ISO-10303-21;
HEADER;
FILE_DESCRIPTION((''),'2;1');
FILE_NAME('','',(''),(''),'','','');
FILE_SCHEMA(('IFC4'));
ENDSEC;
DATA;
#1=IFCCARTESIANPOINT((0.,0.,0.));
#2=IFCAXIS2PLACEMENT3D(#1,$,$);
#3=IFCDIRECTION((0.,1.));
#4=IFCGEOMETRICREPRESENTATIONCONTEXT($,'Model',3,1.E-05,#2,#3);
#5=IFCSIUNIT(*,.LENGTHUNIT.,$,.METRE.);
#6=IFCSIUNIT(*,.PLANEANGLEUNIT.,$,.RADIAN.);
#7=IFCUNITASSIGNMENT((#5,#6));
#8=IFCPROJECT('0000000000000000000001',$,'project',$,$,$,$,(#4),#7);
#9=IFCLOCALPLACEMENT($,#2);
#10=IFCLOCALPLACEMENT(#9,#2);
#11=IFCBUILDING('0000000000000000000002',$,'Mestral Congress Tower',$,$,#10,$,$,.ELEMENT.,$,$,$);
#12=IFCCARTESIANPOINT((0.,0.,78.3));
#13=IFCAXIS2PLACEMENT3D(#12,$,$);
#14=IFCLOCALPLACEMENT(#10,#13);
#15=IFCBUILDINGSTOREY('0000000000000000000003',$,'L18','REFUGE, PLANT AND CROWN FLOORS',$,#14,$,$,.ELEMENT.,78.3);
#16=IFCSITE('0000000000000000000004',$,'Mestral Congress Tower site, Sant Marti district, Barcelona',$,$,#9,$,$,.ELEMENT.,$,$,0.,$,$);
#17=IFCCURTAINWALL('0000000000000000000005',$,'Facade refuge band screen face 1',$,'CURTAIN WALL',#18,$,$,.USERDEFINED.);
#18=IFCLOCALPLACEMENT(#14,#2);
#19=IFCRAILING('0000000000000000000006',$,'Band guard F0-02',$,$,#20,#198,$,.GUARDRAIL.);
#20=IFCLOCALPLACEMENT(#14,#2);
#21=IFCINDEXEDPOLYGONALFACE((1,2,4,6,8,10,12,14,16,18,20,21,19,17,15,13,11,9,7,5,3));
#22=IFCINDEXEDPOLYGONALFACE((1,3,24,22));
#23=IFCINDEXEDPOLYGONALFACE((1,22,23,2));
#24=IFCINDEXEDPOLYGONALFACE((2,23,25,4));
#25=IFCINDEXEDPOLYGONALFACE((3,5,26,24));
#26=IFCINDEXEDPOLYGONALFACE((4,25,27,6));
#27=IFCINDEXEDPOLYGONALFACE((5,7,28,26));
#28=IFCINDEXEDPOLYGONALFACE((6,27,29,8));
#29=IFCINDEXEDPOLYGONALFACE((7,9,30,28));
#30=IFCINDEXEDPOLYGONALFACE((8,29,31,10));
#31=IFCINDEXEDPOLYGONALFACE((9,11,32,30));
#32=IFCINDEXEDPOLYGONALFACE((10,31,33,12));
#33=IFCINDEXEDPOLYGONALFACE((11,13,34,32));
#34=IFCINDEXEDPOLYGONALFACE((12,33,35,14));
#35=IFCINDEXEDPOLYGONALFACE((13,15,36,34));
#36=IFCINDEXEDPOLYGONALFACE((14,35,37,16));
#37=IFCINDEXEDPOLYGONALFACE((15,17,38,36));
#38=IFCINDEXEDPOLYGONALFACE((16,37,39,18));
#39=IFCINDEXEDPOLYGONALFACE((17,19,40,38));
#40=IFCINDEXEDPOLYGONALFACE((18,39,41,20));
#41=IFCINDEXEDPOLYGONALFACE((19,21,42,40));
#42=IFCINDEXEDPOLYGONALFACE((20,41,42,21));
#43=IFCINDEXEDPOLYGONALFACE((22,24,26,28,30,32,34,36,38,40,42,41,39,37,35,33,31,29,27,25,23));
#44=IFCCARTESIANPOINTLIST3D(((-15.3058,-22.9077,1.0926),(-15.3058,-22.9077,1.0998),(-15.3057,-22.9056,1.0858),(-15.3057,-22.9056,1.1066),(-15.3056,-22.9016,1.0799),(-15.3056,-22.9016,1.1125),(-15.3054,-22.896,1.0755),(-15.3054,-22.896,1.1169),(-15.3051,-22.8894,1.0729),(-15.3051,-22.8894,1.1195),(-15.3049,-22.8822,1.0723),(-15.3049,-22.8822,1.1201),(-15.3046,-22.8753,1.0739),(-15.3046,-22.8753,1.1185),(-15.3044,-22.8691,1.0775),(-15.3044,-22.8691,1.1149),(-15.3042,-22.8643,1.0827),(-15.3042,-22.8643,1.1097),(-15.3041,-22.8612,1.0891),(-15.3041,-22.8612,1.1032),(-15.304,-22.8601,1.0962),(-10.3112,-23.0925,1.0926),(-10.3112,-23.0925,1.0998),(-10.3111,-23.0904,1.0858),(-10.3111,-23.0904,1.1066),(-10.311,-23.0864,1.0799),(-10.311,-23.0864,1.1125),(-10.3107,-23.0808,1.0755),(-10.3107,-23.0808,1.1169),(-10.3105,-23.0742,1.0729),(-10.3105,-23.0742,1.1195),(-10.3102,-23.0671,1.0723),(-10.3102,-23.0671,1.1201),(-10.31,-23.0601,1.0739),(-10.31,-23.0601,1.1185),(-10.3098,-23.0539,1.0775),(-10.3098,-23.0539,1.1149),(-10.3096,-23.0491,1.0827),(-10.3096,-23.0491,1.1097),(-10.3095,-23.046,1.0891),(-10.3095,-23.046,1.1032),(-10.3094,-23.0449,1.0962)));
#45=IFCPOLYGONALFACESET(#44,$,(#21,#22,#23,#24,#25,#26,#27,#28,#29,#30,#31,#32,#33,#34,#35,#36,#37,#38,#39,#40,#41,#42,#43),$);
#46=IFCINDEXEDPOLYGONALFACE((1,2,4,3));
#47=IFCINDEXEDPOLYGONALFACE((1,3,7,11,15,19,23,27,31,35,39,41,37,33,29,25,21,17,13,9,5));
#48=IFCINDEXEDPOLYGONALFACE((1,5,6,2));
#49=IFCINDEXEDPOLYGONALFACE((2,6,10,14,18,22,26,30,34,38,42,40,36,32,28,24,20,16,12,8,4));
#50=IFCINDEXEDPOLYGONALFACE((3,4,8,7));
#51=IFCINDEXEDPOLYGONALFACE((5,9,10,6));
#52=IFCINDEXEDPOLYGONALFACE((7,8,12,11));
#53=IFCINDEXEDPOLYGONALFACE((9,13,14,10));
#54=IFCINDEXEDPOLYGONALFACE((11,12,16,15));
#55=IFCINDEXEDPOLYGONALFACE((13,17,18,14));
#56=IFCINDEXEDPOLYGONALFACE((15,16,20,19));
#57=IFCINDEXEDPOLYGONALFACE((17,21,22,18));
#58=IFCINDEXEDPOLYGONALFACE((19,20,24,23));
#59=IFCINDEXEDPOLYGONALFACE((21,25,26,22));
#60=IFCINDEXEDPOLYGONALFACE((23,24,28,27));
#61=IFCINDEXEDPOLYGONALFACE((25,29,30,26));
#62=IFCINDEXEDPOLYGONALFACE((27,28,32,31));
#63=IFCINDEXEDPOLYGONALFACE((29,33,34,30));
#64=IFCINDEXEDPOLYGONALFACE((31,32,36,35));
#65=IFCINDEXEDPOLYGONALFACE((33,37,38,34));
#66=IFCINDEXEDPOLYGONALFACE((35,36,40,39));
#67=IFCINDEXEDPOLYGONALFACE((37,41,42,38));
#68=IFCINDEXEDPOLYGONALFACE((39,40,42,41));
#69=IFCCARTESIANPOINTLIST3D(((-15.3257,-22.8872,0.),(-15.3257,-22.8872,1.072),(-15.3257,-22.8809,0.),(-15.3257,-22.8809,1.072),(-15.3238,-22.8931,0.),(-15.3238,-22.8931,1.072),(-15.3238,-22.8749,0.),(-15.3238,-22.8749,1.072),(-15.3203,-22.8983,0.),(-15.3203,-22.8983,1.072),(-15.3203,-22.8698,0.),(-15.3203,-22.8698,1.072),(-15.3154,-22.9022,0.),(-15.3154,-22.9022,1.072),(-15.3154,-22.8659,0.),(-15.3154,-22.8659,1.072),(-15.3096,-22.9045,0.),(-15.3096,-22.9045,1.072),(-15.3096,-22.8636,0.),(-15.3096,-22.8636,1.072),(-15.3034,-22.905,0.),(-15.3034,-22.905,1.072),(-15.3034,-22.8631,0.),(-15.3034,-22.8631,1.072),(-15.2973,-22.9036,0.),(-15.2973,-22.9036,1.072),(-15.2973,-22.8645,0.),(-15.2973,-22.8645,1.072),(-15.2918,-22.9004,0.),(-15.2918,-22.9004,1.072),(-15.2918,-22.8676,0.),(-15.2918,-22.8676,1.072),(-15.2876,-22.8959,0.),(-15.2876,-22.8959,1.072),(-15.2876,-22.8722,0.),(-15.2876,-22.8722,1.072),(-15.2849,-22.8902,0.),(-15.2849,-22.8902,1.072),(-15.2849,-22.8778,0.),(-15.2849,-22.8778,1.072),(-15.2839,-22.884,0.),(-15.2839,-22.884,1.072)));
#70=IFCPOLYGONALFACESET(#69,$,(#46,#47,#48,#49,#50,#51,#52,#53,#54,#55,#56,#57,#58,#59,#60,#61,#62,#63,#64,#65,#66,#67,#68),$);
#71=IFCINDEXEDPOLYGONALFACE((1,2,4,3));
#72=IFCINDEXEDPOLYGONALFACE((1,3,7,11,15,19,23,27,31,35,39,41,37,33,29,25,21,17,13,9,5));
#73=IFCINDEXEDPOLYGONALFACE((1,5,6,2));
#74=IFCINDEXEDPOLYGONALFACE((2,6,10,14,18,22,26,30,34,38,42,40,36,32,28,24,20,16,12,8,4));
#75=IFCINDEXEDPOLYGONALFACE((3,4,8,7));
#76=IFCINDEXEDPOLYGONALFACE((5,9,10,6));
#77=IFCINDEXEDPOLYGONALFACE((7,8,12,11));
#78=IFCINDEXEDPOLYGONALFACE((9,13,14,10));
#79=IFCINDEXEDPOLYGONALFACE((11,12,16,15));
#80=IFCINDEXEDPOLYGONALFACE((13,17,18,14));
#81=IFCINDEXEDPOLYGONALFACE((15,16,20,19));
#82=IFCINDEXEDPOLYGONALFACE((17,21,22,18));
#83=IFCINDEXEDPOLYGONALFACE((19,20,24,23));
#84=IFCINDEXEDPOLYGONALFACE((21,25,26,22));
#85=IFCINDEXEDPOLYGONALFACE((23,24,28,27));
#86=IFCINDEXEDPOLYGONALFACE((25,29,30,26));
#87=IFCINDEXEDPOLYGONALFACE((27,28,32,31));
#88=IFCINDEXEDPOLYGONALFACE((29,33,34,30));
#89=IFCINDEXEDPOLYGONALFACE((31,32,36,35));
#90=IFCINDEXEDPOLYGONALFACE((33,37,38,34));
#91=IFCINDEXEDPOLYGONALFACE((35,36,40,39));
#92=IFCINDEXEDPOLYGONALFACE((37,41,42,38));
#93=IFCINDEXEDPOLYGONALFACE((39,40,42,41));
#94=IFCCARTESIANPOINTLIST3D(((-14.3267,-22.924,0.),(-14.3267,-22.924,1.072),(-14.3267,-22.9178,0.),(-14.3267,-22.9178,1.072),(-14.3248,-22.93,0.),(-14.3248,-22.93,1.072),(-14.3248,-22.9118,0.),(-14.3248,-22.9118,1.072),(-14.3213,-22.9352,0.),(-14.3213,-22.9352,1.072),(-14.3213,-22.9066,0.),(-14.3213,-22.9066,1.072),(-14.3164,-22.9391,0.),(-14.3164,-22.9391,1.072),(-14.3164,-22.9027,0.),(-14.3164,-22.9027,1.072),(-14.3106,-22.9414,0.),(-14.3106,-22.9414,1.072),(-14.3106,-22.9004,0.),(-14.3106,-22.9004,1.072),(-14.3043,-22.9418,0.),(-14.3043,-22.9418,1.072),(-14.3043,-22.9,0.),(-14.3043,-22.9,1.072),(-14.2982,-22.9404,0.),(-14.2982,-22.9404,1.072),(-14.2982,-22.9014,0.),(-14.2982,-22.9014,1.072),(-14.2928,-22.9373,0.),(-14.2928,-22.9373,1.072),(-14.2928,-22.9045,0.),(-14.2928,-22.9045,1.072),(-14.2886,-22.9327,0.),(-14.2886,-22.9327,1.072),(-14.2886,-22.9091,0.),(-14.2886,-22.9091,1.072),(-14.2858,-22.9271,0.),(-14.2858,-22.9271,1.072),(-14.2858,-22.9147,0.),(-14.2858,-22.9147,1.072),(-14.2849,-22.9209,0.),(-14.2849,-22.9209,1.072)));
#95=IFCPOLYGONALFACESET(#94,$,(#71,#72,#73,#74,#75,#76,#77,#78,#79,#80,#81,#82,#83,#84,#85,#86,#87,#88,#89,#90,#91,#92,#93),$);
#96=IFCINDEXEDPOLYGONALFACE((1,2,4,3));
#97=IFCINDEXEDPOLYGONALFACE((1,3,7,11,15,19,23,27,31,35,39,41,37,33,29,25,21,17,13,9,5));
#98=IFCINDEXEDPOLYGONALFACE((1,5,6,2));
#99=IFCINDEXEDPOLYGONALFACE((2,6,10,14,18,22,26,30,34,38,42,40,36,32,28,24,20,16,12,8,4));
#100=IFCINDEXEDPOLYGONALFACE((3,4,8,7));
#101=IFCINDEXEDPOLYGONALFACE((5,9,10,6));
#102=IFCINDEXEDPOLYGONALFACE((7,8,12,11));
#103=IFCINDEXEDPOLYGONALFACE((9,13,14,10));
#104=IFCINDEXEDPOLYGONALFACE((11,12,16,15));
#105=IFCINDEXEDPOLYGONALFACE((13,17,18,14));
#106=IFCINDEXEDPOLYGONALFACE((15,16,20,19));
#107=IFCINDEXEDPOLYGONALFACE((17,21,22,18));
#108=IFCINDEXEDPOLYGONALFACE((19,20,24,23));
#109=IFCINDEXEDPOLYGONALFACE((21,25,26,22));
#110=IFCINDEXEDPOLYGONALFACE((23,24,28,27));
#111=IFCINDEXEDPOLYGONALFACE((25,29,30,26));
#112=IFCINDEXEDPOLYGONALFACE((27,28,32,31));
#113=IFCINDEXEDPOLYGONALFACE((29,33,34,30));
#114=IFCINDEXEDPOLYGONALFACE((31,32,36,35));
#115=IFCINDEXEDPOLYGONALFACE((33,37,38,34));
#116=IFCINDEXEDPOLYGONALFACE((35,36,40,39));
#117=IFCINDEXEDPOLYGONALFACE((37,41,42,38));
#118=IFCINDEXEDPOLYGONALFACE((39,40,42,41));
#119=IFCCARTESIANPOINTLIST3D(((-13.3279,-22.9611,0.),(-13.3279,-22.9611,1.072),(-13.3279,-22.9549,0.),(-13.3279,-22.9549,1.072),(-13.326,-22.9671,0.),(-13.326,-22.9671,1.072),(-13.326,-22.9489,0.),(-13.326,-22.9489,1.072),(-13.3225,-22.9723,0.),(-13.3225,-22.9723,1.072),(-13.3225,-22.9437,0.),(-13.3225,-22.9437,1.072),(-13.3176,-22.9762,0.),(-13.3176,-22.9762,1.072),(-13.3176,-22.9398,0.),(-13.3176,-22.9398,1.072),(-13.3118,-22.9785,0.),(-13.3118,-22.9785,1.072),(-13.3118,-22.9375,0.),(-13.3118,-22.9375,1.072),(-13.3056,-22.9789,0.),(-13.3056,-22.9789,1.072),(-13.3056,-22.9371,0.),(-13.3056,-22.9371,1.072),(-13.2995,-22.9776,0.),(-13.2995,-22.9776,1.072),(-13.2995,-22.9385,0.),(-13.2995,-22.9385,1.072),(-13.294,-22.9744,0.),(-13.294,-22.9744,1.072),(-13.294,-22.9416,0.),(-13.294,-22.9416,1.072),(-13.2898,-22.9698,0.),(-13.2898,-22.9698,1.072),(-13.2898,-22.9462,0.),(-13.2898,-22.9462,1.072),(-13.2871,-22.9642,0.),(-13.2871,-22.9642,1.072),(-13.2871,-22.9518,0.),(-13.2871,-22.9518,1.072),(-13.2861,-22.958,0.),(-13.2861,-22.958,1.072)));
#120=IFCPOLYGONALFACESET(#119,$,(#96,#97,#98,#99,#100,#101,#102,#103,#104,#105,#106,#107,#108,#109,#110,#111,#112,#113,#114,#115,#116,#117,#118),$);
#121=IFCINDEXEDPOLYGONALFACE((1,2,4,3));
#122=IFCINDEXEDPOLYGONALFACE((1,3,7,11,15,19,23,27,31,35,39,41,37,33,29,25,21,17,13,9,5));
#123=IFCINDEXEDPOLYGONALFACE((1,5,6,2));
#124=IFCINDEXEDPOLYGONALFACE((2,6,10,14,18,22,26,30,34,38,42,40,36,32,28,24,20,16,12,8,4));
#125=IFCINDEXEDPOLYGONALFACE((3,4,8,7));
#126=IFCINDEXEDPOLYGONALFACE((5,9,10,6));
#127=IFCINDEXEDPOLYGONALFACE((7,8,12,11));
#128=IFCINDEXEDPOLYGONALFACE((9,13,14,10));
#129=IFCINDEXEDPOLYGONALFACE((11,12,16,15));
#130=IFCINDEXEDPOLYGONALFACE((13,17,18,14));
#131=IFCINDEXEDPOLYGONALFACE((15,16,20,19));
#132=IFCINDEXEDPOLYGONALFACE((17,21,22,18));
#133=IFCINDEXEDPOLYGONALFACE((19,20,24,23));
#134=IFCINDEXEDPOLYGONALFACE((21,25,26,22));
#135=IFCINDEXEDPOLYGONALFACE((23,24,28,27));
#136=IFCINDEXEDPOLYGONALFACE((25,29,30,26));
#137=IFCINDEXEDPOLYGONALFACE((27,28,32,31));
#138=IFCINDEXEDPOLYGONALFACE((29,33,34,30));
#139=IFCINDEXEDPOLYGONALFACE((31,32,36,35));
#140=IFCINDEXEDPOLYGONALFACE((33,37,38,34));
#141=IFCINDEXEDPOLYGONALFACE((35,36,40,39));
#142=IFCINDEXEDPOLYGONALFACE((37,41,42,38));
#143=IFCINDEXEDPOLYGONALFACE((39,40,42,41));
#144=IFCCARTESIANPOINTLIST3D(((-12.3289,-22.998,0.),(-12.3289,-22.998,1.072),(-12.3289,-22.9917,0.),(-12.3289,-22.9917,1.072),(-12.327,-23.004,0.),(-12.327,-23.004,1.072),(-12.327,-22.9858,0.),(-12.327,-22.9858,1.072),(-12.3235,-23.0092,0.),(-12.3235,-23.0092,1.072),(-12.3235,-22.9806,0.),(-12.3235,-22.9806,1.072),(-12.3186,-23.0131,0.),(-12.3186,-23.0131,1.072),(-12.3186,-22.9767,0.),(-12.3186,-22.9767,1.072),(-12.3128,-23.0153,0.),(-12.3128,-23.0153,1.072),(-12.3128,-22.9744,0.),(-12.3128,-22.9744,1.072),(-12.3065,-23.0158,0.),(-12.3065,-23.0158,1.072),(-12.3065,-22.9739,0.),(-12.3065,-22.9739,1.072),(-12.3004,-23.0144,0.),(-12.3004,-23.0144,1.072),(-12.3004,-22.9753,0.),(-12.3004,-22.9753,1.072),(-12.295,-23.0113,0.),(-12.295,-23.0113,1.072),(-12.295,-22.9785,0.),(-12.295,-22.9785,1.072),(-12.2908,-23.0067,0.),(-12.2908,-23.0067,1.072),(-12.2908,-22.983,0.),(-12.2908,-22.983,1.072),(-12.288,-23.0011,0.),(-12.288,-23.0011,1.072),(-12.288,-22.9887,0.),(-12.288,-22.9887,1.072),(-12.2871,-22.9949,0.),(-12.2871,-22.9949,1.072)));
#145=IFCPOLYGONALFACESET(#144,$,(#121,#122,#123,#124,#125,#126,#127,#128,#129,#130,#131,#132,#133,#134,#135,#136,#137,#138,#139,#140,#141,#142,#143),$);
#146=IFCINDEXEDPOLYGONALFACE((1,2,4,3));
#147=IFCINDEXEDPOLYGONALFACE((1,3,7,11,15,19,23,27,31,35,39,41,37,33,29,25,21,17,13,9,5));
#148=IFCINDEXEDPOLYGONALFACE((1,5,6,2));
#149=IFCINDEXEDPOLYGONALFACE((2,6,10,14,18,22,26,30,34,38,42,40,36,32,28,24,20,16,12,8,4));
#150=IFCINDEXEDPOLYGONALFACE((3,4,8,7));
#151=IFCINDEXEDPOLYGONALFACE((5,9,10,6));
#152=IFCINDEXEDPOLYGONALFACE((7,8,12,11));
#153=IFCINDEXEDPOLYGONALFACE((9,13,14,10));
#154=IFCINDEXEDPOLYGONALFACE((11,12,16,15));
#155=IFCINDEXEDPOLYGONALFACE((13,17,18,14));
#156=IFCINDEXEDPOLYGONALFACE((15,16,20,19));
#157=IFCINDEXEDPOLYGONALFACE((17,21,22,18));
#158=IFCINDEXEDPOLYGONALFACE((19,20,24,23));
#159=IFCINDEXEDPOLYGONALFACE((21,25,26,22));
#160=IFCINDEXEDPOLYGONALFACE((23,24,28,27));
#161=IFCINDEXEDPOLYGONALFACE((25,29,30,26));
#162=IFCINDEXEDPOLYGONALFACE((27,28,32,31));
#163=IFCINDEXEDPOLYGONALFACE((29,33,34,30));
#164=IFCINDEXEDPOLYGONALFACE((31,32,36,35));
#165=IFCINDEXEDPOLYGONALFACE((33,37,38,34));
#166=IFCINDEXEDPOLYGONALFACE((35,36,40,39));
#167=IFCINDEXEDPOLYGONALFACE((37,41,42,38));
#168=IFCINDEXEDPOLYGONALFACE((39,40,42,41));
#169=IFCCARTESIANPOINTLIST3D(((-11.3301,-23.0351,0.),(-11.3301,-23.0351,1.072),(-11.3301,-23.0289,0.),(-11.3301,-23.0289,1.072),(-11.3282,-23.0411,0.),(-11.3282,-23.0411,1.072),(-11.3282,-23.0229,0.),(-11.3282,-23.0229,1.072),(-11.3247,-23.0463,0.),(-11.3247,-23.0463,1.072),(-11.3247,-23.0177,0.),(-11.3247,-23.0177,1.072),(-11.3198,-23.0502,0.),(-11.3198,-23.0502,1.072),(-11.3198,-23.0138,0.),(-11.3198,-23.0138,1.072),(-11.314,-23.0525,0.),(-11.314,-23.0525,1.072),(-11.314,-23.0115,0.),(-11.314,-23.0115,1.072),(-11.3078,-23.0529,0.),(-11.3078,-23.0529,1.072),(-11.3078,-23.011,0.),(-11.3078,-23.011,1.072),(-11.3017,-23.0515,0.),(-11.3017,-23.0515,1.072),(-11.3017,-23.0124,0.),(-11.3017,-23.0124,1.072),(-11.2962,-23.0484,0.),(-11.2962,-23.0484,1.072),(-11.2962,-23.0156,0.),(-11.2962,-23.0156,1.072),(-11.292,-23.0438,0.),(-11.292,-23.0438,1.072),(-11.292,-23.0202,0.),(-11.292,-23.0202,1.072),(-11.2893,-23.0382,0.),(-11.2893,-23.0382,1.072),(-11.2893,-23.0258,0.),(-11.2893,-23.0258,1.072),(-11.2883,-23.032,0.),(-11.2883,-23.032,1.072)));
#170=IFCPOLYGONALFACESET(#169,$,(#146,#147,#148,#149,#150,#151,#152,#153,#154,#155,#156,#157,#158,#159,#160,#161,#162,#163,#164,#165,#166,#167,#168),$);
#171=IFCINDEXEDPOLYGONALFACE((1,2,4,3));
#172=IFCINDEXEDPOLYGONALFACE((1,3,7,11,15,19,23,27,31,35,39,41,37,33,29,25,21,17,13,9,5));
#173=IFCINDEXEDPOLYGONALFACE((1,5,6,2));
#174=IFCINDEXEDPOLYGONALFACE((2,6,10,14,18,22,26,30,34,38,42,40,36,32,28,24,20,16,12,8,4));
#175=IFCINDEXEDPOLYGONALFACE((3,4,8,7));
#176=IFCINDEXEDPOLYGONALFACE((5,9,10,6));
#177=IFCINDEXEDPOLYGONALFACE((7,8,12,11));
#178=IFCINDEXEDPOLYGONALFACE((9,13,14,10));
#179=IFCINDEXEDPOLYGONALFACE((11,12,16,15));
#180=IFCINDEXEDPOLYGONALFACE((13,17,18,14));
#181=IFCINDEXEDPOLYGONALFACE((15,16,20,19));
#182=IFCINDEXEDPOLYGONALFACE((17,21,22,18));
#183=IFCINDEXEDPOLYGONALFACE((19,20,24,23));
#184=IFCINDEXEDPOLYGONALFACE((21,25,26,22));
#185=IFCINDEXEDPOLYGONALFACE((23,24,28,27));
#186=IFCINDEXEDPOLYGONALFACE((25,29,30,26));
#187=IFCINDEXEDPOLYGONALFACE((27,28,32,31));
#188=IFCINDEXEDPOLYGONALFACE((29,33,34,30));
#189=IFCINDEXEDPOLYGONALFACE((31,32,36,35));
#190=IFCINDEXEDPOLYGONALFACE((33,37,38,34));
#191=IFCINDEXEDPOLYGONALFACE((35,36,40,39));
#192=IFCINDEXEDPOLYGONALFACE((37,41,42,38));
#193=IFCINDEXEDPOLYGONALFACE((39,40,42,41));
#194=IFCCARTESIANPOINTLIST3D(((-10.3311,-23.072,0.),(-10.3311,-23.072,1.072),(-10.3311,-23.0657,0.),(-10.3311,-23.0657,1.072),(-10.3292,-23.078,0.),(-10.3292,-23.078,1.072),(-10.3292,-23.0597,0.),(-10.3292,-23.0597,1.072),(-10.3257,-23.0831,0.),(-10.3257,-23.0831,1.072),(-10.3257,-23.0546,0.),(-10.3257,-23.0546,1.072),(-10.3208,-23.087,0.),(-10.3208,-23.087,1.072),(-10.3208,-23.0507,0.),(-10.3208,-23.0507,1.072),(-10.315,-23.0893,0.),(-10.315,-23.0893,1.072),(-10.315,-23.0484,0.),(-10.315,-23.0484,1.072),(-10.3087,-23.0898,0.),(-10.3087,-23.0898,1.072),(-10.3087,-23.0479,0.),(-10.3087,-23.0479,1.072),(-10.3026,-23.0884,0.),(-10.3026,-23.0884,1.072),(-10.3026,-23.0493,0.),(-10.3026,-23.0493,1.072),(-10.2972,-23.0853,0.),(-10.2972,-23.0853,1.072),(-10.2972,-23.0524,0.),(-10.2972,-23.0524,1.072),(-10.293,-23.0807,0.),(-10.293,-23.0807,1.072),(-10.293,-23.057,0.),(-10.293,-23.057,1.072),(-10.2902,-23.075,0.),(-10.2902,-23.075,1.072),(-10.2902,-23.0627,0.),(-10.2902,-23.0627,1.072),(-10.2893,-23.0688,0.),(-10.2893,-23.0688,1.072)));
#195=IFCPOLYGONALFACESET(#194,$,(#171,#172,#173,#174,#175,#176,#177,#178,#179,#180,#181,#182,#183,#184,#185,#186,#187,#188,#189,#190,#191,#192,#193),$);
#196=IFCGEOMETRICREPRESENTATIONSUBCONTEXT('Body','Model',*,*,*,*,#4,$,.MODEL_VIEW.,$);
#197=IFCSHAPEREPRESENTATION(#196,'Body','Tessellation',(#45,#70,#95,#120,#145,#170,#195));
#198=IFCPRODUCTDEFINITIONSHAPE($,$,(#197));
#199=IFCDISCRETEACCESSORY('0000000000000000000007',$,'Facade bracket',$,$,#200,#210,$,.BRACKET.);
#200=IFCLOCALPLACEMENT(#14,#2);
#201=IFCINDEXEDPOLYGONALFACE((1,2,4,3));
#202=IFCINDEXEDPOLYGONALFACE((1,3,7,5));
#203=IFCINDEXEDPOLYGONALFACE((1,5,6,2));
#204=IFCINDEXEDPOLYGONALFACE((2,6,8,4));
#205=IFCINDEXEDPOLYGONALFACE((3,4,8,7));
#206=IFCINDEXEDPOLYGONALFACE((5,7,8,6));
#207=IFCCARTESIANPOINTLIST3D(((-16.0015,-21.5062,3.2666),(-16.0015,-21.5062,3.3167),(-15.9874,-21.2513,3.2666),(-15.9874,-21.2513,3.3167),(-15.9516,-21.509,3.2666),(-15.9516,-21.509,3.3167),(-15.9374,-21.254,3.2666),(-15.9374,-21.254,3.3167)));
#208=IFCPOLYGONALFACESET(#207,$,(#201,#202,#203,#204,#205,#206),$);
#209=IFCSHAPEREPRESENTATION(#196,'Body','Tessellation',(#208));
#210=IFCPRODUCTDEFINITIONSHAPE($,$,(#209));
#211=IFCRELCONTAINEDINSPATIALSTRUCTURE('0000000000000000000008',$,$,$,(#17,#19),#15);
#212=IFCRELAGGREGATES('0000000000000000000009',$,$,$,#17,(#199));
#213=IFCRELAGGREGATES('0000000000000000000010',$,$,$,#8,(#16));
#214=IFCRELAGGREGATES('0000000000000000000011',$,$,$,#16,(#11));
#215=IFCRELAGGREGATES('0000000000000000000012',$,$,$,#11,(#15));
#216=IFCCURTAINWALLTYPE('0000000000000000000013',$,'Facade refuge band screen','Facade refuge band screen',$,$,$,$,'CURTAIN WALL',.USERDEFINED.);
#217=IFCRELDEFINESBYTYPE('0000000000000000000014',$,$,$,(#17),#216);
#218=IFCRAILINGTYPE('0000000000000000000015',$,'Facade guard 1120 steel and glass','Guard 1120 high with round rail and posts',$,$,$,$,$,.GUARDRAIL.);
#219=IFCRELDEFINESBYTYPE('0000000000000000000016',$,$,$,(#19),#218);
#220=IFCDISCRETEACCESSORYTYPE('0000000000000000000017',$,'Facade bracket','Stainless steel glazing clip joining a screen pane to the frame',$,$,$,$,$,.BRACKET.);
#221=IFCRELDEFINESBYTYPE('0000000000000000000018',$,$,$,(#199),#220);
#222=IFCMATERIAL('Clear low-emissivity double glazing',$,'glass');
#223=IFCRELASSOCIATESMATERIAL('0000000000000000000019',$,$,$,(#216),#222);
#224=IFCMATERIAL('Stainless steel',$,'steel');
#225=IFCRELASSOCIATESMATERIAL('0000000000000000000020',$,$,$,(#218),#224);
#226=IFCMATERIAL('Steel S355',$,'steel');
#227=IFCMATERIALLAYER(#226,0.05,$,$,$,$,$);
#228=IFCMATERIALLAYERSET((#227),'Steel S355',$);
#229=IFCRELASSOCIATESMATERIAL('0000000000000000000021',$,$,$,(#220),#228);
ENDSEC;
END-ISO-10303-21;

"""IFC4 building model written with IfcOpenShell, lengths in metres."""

from ifc_helpers import new_model, si_unit, direction, frame, origin, origin_2d, place, context, subcontext, project, spatial, rectangle, circle, extrude, material, layer, layer_set, type_object, element, aggregate, save


model = new_model("IFC4")

# Units and contexts
model_context = context("Model", 3, precision=1e-05, world=origin(), true_north=direction((0.0, 1.0)))
body_context = subcontext(model_context, "Body", "Model", "MODEL_VIEW")
ifc_project = project(units=[si_unit("LENGTHUNIT", "METRE"), si_unit("PLANEANGLEUNIT", "RADIAN")], contexts=[model_context])

# Site, building, storey
site_placement = place(None, origin())
site = spatial("IfcSite", under=ifc_project, at=site_placement, Name="Mestral Congress Tower site, Sant Marti district, Barcelona", CompositionType="ELEMENT", RefElevation=0.0)
building_placement = place(site_placement, origin())
building = spatial("IfcBuilding", under=site, at=building_placement, Name="Mestral Congress Tower", CompositionType="ELEMENT")
storey_placement = place(building_placement, frame((0.0, 0.0, 78.3)))
storey = spatial("IfcBuildingStorey", under=building, at=storey_placement, Name="L18", Description="REFUGE, PLANT AND CROWN FLOORS", CompositionType="ELEMENT", Elevation=78.3)

# Shared definitions
ifc_material_1 = material(Name="Steel S355", Category="steel")

# Curtain wall
ifc_material_2 = material(Name="Clear low-emissivity double glazing", Category="glass")
curtain_wall_type = type_object("IfcCurtainWallType", Name="Facade refuge band screen", Description="Facade refuge band screen", ElementType="CURTAIN WALL", PredefinedType="USERDEFINED", material=ifc_material_2)
curtain_wall_placement = place(storey_placement, origin())
curtain_wall = element("IfcCurtainWall", 1, at=curtain_wall_placement, inside=storey, type_object=curtain_wall_type, Name="Facade refuge band screen face 1", ObjectType="CURTAIN WALL", PredefinedType="USERDEFINED")

# Railing
ifc_material_3 = material(Name="Stainless steel", Category="steel")
railing_type = type_object("IfcRailingType", Name="Facade guard 1120 steel and glass", Description="Guard 1120 high with round rail and posts", PredefinedType="GUARDRAIL", material=ifc_material_3)
railing_1_placement = place(storey_placement, frame((-15.3049, -22.884, 0.0)))
element("IfcRailing", 2, at=railing_1_placement, inside=storey, type_object=railing_type, Name="Band guard F0-02", PredefinedType="GUARDRAIL", context=body_context, shape_type="SweptSolid", body=[
    extrude(circle(Radius=0.0239, at=origin_2d()), frame((0.0, 0.0, 1.0962), z_axis=(0.999316, -0.036977, 0.0), x_axis=(0.036977, 0.999316, 0.0)), (0.0, 0.0, 1.0), 4.998),
    extrude(circle(Radius=0.021, at=origin_2d()), origin(), (0.0, 0.0, 1.0), 1.072),
    extrude(circle(Radius=0.021, at=origin_2d()), frame((0.999, -0.0369, 0.0)), (0.0, 0.0, 1.0), 1.072),
    extrude(circle(Radius=0.021, at=origin_2d()), frame((1.9978, -0.074, 0.0)), (0.0, 0.0, 1.0), 1.072),
    extrude(circle(Radius=0.021, at=origin_2d()), frame((2.9968, -0.1108, 0.0)), (0.0, 0.0, 1.0), 1.072),
    extrude(circle(Radius=0.021, at=origin_2d()), frame((3.9956, -0.1479, 0.0)), (0.0, 0.0, 1.0), 1.072),
    extrude(circle(Radius=0.021, at=origin_2d()), frame((4.9946, -0.1848, 0.0)), (0.0, 0.0, 1.0), 1.072),
])

# Discrete accessory
ifc_layer_1 = layer(ifc_material_1, 0.05)
ifc_layer_set_1 = layer_set([ifc_layer_1], Name="Steel S355")
discrete_accessory_type = type_object("IfcDiscreteAccessoryType", Name="Facade bracket", Description="Stainless steel glazing clip joining a screen pane to the frame", PredefinedType="BRACKET", material=ifc_layer_set_1)
discrete_accessory_1_placement = place(storey_placement, frame((-15.9695, -21.3801, 3.2666), z_axis=(0.0, 0.0, 1.0), x_axis=(0.998462, -0.05544, 0.0)))
discrete_accessory_1 = element("IfcDiscreteAccessory", 3, at=discrete_accessory_1_placement, type_object=discrete_accessory_type, Name="Facade bracket", PredefinedType="BRACKET", context=body_context, shape_type="SweptSolid", body=[
    extrude(rectangle(XDim=0.05, YDim=0.2554, at=origin_2d()), origin(), (0.0, 0.0, 1.0), 0.05),
])
aggregate(curtain_wall, [discrete_accessory_1])

save(model, "model.ifc")
